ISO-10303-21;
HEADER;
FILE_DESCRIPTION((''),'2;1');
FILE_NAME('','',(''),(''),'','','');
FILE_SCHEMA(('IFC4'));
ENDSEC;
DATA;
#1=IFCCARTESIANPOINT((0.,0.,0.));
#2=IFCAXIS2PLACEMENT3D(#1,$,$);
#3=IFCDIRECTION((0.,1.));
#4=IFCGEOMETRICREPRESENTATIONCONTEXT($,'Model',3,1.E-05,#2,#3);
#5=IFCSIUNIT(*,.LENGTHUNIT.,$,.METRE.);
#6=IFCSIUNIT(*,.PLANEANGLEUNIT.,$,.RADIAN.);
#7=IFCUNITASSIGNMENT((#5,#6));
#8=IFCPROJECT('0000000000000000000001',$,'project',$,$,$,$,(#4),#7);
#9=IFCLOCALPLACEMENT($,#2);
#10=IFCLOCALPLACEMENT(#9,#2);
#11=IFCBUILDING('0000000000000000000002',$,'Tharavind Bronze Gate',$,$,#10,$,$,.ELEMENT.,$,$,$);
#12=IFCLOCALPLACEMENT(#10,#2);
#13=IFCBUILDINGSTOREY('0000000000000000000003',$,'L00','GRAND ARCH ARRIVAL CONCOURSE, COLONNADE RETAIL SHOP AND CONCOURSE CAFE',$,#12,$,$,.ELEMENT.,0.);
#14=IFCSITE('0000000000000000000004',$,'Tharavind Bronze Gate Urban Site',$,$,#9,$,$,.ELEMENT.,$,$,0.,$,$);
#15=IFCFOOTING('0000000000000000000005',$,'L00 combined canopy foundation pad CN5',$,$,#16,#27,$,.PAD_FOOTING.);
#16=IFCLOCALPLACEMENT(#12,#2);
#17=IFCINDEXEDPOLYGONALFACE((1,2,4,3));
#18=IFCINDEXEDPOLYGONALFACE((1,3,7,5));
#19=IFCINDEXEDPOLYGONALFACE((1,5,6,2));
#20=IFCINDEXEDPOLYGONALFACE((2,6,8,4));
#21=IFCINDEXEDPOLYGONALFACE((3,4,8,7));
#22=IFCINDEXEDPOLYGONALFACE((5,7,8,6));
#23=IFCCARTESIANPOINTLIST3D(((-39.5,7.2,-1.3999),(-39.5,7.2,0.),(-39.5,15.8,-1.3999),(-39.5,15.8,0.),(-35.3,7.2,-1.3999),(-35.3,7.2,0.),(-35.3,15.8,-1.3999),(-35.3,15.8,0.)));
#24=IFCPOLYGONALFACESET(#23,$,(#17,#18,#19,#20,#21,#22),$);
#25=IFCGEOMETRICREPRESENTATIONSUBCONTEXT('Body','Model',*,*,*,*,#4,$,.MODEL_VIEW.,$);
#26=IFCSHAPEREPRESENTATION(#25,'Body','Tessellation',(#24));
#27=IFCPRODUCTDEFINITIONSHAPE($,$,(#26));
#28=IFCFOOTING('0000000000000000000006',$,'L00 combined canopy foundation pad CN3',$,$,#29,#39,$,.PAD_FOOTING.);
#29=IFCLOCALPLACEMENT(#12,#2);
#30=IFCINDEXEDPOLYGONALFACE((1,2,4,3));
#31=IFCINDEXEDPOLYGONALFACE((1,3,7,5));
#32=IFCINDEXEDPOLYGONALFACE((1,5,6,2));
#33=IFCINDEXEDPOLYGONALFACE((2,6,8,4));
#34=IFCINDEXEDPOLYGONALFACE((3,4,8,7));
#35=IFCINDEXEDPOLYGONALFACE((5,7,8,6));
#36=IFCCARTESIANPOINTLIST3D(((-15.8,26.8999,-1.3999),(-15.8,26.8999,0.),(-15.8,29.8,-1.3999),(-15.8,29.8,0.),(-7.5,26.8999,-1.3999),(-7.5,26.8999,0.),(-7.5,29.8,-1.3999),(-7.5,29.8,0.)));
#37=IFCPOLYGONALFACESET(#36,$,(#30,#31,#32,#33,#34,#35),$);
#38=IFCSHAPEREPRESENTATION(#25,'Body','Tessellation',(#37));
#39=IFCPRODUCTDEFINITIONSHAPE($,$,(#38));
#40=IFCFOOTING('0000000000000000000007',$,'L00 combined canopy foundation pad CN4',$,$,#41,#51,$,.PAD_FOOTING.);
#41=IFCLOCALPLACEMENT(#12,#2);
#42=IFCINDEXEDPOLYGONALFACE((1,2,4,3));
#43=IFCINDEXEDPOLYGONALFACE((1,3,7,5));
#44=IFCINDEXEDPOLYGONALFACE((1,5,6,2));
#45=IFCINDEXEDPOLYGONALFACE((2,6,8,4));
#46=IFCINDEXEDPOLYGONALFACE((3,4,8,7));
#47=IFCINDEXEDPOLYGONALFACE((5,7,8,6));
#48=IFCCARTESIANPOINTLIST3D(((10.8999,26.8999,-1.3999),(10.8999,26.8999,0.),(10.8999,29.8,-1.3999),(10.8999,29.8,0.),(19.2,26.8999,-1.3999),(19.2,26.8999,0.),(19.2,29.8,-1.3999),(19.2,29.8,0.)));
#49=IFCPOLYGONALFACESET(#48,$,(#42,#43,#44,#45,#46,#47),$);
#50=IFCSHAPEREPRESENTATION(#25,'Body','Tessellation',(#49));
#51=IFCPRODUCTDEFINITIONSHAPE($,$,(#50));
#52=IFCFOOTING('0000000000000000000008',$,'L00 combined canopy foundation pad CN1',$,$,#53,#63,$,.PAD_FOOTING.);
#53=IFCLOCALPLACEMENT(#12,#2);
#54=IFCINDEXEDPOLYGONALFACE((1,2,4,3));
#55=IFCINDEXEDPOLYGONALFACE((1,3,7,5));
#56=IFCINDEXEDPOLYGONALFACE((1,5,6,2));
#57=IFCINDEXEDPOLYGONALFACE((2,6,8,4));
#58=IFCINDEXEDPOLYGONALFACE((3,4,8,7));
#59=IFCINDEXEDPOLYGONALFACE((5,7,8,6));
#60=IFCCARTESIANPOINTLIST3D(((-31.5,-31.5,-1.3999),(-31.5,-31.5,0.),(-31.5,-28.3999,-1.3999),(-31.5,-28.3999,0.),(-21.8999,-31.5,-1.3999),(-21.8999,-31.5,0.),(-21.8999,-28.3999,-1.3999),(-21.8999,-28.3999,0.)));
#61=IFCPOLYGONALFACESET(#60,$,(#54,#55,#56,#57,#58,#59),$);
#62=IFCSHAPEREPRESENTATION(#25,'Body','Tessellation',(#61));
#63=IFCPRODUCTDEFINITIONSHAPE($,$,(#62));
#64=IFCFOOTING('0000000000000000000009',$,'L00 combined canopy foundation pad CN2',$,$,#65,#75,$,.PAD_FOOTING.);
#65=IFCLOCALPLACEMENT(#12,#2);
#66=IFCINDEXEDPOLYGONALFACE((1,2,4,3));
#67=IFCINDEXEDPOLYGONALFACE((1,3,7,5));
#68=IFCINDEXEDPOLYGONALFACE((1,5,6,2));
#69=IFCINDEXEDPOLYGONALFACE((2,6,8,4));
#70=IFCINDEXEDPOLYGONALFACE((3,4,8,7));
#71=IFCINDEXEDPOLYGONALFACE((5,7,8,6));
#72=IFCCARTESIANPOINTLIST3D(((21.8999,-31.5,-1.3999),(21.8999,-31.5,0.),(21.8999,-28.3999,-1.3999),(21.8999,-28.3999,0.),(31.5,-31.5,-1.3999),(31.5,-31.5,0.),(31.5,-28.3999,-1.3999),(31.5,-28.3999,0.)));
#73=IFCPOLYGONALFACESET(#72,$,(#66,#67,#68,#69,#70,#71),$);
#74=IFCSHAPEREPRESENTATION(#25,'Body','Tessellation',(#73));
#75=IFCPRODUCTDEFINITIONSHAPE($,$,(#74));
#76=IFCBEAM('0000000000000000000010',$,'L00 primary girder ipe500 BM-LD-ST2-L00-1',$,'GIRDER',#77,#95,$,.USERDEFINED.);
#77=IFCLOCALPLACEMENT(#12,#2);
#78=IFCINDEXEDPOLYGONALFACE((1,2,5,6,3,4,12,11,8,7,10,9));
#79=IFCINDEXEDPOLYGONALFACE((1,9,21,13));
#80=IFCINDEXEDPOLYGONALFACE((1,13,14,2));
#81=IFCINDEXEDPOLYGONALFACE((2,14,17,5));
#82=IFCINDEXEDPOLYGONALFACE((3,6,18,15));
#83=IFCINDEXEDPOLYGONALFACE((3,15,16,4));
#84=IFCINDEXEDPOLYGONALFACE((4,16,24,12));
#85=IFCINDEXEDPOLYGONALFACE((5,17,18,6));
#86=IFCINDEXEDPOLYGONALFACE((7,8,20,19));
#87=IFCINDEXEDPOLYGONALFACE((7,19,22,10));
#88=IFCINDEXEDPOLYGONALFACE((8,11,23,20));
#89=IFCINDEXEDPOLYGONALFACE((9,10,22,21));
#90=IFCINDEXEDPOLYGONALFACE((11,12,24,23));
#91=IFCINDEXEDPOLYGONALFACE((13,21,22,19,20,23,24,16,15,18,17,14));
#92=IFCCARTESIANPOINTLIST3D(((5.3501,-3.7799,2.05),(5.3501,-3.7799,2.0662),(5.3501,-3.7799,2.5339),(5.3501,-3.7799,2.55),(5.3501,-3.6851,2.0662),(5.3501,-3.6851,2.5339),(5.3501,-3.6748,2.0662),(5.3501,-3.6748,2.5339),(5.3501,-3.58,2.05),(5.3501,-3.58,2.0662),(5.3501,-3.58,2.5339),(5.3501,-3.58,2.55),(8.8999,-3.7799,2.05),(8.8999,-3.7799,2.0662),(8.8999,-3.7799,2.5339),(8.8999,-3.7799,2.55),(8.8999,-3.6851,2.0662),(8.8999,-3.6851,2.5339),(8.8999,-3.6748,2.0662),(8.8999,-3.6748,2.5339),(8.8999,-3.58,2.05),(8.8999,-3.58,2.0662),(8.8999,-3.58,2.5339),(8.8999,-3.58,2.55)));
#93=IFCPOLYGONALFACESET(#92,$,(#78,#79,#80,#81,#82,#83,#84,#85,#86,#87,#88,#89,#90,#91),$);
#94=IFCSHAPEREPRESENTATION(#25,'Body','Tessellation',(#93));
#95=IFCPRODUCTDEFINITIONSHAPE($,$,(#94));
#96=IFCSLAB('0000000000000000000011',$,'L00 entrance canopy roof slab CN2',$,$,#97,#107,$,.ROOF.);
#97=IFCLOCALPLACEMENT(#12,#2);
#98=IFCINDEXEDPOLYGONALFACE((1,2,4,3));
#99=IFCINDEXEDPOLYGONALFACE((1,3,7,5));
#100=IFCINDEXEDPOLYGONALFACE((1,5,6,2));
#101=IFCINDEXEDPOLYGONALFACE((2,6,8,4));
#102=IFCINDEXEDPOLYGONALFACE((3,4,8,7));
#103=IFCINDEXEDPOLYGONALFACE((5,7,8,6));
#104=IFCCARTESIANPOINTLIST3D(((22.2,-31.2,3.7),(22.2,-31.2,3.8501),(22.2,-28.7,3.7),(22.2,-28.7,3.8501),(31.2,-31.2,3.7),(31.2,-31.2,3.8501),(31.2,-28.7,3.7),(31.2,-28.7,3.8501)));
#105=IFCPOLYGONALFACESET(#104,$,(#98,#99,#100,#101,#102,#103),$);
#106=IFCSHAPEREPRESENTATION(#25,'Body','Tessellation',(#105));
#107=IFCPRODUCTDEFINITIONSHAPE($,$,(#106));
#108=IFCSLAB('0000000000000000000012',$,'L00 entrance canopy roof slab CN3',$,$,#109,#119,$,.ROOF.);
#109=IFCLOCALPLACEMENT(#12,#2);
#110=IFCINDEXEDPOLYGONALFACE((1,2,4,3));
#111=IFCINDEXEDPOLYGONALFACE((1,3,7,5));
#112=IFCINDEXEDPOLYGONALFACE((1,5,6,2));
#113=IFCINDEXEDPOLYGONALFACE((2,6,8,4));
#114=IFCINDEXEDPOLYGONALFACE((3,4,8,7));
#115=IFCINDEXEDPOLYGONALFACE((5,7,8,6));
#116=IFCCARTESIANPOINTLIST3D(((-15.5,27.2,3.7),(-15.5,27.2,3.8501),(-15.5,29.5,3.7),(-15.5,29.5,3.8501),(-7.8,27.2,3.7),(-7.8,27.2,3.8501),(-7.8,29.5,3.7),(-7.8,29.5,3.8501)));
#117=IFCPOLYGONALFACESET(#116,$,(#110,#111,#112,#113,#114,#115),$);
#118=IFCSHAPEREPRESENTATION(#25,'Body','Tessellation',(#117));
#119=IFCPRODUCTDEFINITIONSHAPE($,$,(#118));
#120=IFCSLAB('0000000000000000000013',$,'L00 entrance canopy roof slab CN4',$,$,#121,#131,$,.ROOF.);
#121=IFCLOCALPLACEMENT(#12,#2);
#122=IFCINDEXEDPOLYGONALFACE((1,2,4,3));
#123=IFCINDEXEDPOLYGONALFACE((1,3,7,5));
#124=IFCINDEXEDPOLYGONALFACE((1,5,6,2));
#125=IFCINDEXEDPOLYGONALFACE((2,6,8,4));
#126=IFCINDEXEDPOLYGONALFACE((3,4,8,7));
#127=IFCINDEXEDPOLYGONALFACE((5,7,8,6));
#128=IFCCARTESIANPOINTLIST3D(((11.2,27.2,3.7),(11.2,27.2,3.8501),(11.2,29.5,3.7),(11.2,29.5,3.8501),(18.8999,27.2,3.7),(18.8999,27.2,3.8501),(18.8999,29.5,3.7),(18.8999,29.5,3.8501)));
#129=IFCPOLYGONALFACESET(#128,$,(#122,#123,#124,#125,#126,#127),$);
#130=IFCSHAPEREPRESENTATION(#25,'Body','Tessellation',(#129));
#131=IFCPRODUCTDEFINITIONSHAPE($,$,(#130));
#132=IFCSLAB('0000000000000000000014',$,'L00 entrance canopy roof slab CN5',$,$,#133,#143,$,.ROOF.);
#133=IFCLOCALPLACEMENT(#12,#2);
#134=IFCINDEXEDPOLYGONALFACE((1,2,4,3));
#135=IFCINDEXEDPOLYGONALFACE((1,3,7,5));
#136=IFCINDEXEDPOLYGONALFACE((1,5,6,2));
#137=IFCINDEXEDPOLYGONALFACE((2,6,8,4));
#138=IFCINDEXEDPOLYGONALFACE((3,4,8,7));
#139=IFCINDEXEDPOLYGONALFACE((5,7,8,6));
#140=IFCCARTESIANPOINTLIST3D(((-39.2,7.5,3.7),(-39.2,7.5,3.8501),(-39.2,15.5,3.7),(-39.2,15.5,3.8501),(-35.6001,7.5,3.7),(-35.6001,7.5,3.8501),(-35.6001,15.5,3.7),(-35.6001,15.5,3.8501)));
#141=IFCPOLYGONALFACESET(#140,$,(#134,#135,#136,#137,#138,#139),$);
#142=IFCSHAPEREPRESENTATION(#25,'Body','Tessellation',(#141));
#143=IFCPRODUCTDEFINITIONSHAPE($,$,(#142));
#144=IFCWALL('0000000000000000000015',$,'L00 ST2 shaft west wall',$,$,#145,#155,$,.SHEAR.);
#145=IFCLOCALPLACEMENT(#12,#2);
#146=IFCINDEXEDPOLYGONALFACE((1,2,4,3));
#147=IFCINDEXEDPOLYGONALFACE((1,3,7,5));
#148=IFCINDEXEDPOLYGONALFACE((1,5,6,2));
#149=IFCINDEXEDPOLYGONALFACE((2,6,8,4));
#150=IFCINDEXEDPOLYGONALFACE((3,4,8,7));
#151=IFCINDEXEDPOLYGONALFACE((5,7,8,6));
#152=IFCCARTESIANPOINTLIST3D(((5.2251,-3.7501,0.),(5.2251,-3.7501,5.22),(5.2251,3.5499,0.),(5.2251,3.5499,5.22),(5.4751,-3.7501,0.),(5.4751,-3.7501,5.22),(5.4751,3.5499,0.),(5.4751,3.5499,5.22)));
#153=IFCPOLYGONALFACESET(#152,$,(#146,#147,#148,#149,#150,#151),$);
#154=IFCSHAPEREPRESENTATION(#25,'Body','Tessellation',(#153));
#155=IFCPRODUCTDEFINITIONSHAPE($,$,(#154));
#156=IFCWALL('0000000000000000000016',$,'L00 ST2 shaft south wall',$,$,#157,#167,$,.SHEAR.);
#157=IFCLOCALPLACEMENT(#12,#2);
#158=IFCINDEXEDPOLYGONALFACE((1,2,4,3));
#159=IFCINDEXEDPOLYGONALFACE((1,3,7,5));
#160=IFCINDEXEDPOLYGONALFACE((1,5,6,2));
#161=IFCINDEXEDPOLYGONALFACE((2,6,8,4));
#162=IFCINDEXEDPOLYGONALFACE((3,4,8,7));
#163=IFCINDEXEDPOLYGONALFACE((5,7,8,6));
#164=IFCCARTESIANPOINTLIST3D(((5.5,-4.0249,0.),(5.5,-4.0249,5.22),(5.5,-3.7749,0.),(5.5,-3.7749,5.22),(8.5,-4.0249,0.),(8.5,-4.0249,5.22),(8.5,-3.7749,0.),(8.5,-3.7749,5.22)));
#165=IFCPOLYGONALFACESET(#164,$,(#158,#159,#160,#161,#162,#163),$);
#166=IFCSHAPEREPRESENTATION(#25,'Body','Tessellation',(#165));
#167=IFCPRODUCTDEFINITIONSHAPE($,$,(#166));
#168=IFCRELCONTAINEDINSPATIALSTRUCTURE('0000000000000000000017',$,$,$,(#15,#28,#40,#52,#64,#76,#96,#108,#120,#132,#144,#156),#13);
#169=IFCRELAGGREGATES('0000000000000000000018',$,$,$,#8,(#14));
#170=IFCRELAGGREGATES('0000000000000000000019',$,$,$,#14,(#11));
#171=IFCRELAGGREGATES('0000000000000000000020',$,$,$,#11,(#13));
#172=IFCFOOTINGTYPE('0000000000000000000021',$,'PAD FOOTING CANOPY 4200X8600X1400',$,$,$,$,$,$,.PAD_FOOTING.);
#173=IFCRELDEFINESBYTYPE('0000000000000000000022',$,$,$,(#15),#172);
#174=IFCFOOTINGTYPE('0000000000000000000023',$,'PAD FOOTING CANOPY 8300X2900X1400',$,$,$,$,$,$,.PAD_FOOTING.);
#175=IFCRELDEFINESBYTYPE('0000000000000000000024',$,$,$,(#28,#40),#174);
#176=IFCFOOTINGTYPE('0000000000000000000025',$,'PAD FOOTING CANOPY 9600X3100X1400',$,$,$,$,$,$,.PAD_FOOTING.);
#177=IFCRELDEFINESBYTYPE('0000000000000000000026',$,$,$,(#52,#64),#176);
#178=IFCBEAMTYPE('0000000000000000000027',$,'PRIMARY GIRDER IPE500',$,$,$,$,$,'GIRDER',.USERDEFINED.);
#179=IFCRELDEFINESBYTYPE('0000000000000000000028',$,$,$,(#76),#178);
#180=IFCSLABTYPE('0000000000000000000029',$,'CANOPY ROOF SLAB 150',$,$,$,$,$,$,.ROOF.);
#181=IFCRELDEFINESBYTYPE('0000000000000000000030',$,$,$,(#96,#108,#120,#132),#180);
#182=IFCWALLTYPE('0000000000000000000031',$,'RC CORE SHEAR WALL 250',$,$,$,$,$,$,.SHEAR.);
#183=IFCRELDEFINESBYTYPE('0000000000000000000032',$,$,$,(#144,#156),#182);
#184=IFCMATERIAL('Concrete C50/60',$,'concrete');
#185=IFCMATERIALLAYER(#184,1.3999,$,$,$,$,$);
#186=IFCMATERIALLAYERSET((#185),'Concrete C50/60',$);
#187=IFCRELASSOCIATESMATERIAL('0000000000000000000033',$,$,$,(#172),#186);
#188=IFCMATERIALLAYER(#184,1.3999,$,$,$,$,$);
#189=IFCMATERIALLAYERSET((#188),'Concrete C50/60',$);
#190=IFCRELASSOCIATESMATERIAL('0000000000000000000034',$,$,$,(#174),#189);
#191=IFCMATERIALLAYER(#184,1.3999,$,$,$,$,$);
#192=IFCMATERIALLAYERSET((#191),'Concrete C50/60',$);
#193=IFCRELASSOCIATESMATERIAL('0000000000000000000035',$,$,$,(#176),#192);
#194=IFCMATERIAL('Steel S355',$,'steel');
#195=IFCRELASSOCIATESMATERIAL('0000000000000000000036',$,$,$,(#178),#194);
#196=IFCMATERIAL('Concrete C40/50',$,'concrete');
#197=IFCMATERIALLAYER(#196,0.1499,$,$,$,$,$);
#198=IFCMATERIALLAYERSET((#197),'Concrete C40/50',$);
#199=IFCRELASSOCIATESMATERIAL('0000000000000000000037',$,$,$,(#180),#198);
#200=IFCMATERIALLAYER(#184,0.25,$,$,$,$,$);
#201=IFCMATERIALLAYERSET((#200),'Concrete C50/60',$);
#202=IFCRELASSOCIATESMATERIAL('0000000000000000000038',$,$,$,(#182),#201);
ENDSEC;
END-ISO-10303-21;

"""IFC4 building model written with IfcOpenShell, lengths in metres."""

from ifc_helpers import new_model, si_unit, direction, frame, frame_2d, origin, origin_2d, place, context, subcontext, project, spatial, polyline, rectangle, i_section, outline, extrude, material, layer, layer_set, material_profile, profile_set, type_object, element, save


model = new_model("IFC4")

# Units and contexts
model_context = context("Model", 3, precision=1e-05, world=origin(), true_north=direction((0.0, 1.0)))
body_context = subcontext(model_context, "Body", "Model", "MODEL_VIEW")
ifc_project = project(units=[si_unit("LENGTHUNIT", "METRE"), si_unit("PLANEANGLEUNIT", "RADIAN")], contexts=[model_context])

# Site, building, storey
site_placement = place(None, origin())
site = spatial("IfcSite", under=ifc_project, at=site_placement, Name="Tharavind Bronze Gate Urban Site", CompositionType="ELEMENT", RefElevation=0.0)
building_placement = place(site_placement, origin())
building = spatial("IfcBuilding", under=site, at=building_placement, Name="Tharavind Bronze Gate", CompositionType="ELEMENT")
storey_placement = place(building_placement, origin())
storey = spatial("IfcBuildingStorey", under=building, at=storey_placement, Name="L00", Description="GRAND ARCH ARRIVAL CONCOURSE, COLONNADE RETAIL SHOP AND CONCOURSE CAFE", CompositionType="ELEMENT", Elevation=0.0)

# Footings
ifc_material_1 = material(Name="Concrete C50/60", Category="concrete")
ifc_layer_1 = layer(ifc_material_1, 1.3999)
ifc_layer_set_1 = layer_set([ifc_layer_1], Name="Concrete C50/60")
footing_type_1 = type_object("IfcFootingType", Name="PAD FOOTING CANOPY 4200X8600X1400", PredefinedType="PAD_FOOTING", material=ifc_layer_set_1)
footing_1_placement = place(storey_placement, frame((0.0, 0.0, -1.3999)))
element("IfcFooting", 1, at=footing_1_placement, inside=storey, type_object=footing_type_1, Name="L00 combined canopy foundation pad CN5", PredefinedType="PAD_FOOTING", context=body_context, shape_type="SweptSolid", body=[
    extrude(outline(polyline([(-39.5, 7.2), (-35.3, 7.2), (-35.3, 15.8), (-39.5, 15.8), (-39.5, 7.2)])), origin(), (0.0, 0.0, 1.0), 1.3999),
])
ifc_layer_2 = layer(ifc_material_1, 1.3999)
ifc_layer_set_2 = layer_set([ifc_layer_2], Name="Concrete C50/60")
footing_type_2 = type_object("IfcFootingType", Name="PAD FOOTING CANOPY 8300X2900X1400", PredefinedType="PAD_FOOTING", material=ifc_layer_set_2)
footing_2_placement = place(storey_placement, frame((0.0, 0.0, -1.3999)))
element("IfcFooting", 2, at=footing_2_placement, inside=storey, type_object=footing_type_2, Name="L00 combined canopy foundation pad CN3", PredefinedType="PAD_FOOTING", context=body_context, shape_type="SweptSolid", body=[
    extrude(outline(polyline([(-15.8, 26.8999), (-7.5, 26.8999), (-7.5, 29.8), (-15.8, 29.8), (-15.8, 26.8999)])), origin(), (0.0, 0.0, 1.0), 1.3999),
])
footing_3_placement = place(storey_placement, frame((0.0, 0.0, -1.3999)))
element("IfcFooting", 3, at=footing_3_placement, inside=storey, type_object=footing_type_2, Name="L00 combined canopy foundation pad CN4", PredefinedType="PAD_FOOTING", context=body_context, shape_type="SweptSolid", body=[
    extrude(outline(polyline([(10.8999, 26.8999), (19.2, 26.8999), (19.2, 29.8), (10.8999, 29.8), (10.8999, 26.8999)])), origin(), (0.0, 0.0, 1.0), 1.3999),
])
ifc_layer_3 = layer(ifc_material_1, 1.3999)
ifc_layer_set_3 = layer_set([ifc_layer_3], Name="Concrete C50/60")
footing_type_3 = type_object("IfcFootingType", Name="PAD FOOTING CANOPY 9600X3100X1400", PredefinedType="PAD_FOOTING", material=ifc_layer_set_3)
footing_4_placement = place(storey_placement, frame((0.0, 0.0, -1.3999)))
element("IfcFooting", 4, at=footing_4_placement, inside=storey, type_object=footing_type_3, Name="L00 combined canopy foundation pad CN1", PredefinedType="PAD_FOOTING", context=body_context, shape_type="SweptSolid", body=[
    extrude(outline(polyline([(-31.5, -31.5), (-21.8999, -31.5), (-21.8999, -28.3999), (-31.5, -28.3999), (-31.5, -31.5)])), origin(), (0.0, 0.0, 1.0), 1.3999),
])
footing_5_placement = place(storey_placement, frame((0.0, 0.0, -1.3999)))
element("IfcFooting", 5, at=footing_5_placement, inside=storey, type_object=footing_type_3, Name="L00 combined canopy foundation pad CN2", PredefinedType="PAD_FOOTING", context=body_context, shape_type="SweptSolid", body=[
    extrude(outline(polyline([(21.8999, -31.5), (31.5, -31.5), (31.5, -28.3999), (21.8999, -28.3999), (21.8999, -31.5)])), origin(), (0.0, 0.0, 1.0), 1.3999),
])

# Beam
ifc_material_2 = material(Name="Steel S355", Category="steel")
ifc_material_profile = material_profile(ifc_material_2, i_section(OverallWidth=0.2, OverallDepth=0.5, WebThickness=0.0103, FlangeThickness=0.0161, at=origin_2d()), Name="IPE500")
ifc_profile_set = profile_set([ifc_material_profile], Name="Steel S355")
beam_type = type_object("IfcBeamType", Name="PRIMARY GIRDER IPE500", ElementType="GIRDER", PredefinedType="USERDEFINED", material=ifc_profile_set)
beam_placement = place(storey_placement, frame((5.3501, -3.6799, 2.3), z_axis=(1.0, 0.0, 0.0), x_axis=(0.0, 1.0, 0.0)))
element("IfcBeam", 6, at=beam_placement, inside=storey, type_object=beam_type, Name="L00 primary girder ipe500 BM-LD-ST2-L00-1", ObjectType="GIRDER", PredefinedType="USERDEFINED", context=body_context, shape_type="SweptSolid", body=[
    extrude(i_section(OverallWidth=0.2, OverallDepth=0.5, WebThickness=0.0103, FlangeThickness=0.0161, at=origin_2d()), origin(), (0.0, 0.0, 1.0), 3.5498),
])

# Slabs
ifc_material_3 = material(Name="Concrete C40/50", Category="concrete")
ifc_layer_4 = layer(ifc_material_3, 0.1499)
ifc_layer_set_4 = layer_set([ifc_layer_4], Name="Concrete C40/50")
slab_type = type_object("IfcSlabType", Name="CANOPY ROOF SLAB 150", PredefinedType="ROOF", material=ifc_layer_set_4)
slab_1_placement = place(storey_placement, frame((0.0, 0.0, 3.7)))
element("IfcSlab", 7, at=slab_1_placement, inside=storey, type_object=slab_type, Name="L00 entrance canopy roof slab CN2", PredefinedType="ROOF", context=body_context, shape_type="SweptSolid", body=[
    extrude(outline(polyline([(22.2, -31.2), (31.2, -31.2), (31.2, -28.7), (22.2, -28.7), (22.2, -31.2)])), origin(), (0.0, 0.0, 1.0), 0.1501),
])
slab_2_placement = place(storey_placement, frame((0.0, 0.0, 3.7)))
element("IfcSlab", 8, at=slab_2_placement, inside=storey, type_object=slab_type, Name="L00 entrance canopy roof slab CN3", PredefinedType="ROOF", context=body_context, shape_type="SweptSolid", body=[
    extrude(outline(polyline([(-15.5, 27.2), (-7.8, 27.2), (-7.8, 29.5), (-15.5, 29.5), (-15.5, 27.2)])), origin(), (0.0, 0.0, 1.0), 0.1501),
])
slab_3_placement = place(storey_placement, frame((0.0, 0.0, 3.7)))
element("IfcSlab", 9, at=slab_3_placement, inside=storey, type_object=slab_type, Name="L00 entrance canopy roof slab CN4", PredefinedType="ROOF", context=body_context, shape_type="SweptSolid", body=[
    extrude(outline(polyline([(11.2, 27.2), (18.8999, 27.2), (18.8999, 29.5), (11.2, 29.5), (11.2, 27.2)])), origin(), (0.0, 0.0, 1.0), 0.1501),
])
slab_4_placement = place(storey_placement, frame((0.0, 0.0, 3.7)))
element("IfcSlab", 10, at=slab_4_placement, inside=storey, type_object=slab_type, Name="L00 entrance canopy roof slab CN5", PredefinedType="ROOF", context=body_context, shape_type="SweptSolid", body=[
    extrude(outline(polyline([(-39.2, 7.5), (-35.6001, 7.5), (-35.6001, 15.5), (-39.2, 15.5), (-39.2, 7.5)])), origin(), (0.0, 0.0, 1.0), 0.1501),
])

# Walls
ifc_layer_5 = layer(ifc_material_1, 0.25)
ifc_layer_set_5 = layer_set([ifc_layer_5], Name="Concrete C50/60")
wall_type_1 = type_object("IfcWallType", Name="RC CORE SHEAR WALL 250", PredefinedType="SHEAR", material=ifc_layer_set_5)
wall_1_placement = place(storey_placement, frame((5.3501, -3.75, 0.0), z_axis=(0.0, 0.0, 1.0), x_axis=(0.0, 1.0, 0.0)))
element("IfcWall", 11, at=wall_1_placement, inside=storey, type_object=wall_type_1, Name="L00 ST2 shaft west wall", PredefinedType="SHEAR", context=body_context, shape_type="SweptSolid", body=[
    extrude(rectangle(XDim=7.3, YDim=0.25, at=frame_2d((3.6499, 0.0))), origin(), (0.0, 0.0, 1.0), 5.22),
])
wall_2_placement = place(storey_placement, frame((5.5, -3.8999, 0.0), z_axis=(0.0, 0.0, 1.0), x_axis=(1.0, 0.0, 0.0)))
element("IfcWall", 12, at=wall_2_placement, inside=storey, type_object=wall_type_1, Name="L00 ST2 shaft south wall", PredefinedType="SHEAR", context=body_context, shape_type="SweptSolid", body=[
    extrude(rectangle(XDim=3.0, YDim=0.25, at=frame_2d((1.5, 0.0))), origin(), (0.0, 0.0, 1.0), 5.22),
])

save(model, "model.ifc")
